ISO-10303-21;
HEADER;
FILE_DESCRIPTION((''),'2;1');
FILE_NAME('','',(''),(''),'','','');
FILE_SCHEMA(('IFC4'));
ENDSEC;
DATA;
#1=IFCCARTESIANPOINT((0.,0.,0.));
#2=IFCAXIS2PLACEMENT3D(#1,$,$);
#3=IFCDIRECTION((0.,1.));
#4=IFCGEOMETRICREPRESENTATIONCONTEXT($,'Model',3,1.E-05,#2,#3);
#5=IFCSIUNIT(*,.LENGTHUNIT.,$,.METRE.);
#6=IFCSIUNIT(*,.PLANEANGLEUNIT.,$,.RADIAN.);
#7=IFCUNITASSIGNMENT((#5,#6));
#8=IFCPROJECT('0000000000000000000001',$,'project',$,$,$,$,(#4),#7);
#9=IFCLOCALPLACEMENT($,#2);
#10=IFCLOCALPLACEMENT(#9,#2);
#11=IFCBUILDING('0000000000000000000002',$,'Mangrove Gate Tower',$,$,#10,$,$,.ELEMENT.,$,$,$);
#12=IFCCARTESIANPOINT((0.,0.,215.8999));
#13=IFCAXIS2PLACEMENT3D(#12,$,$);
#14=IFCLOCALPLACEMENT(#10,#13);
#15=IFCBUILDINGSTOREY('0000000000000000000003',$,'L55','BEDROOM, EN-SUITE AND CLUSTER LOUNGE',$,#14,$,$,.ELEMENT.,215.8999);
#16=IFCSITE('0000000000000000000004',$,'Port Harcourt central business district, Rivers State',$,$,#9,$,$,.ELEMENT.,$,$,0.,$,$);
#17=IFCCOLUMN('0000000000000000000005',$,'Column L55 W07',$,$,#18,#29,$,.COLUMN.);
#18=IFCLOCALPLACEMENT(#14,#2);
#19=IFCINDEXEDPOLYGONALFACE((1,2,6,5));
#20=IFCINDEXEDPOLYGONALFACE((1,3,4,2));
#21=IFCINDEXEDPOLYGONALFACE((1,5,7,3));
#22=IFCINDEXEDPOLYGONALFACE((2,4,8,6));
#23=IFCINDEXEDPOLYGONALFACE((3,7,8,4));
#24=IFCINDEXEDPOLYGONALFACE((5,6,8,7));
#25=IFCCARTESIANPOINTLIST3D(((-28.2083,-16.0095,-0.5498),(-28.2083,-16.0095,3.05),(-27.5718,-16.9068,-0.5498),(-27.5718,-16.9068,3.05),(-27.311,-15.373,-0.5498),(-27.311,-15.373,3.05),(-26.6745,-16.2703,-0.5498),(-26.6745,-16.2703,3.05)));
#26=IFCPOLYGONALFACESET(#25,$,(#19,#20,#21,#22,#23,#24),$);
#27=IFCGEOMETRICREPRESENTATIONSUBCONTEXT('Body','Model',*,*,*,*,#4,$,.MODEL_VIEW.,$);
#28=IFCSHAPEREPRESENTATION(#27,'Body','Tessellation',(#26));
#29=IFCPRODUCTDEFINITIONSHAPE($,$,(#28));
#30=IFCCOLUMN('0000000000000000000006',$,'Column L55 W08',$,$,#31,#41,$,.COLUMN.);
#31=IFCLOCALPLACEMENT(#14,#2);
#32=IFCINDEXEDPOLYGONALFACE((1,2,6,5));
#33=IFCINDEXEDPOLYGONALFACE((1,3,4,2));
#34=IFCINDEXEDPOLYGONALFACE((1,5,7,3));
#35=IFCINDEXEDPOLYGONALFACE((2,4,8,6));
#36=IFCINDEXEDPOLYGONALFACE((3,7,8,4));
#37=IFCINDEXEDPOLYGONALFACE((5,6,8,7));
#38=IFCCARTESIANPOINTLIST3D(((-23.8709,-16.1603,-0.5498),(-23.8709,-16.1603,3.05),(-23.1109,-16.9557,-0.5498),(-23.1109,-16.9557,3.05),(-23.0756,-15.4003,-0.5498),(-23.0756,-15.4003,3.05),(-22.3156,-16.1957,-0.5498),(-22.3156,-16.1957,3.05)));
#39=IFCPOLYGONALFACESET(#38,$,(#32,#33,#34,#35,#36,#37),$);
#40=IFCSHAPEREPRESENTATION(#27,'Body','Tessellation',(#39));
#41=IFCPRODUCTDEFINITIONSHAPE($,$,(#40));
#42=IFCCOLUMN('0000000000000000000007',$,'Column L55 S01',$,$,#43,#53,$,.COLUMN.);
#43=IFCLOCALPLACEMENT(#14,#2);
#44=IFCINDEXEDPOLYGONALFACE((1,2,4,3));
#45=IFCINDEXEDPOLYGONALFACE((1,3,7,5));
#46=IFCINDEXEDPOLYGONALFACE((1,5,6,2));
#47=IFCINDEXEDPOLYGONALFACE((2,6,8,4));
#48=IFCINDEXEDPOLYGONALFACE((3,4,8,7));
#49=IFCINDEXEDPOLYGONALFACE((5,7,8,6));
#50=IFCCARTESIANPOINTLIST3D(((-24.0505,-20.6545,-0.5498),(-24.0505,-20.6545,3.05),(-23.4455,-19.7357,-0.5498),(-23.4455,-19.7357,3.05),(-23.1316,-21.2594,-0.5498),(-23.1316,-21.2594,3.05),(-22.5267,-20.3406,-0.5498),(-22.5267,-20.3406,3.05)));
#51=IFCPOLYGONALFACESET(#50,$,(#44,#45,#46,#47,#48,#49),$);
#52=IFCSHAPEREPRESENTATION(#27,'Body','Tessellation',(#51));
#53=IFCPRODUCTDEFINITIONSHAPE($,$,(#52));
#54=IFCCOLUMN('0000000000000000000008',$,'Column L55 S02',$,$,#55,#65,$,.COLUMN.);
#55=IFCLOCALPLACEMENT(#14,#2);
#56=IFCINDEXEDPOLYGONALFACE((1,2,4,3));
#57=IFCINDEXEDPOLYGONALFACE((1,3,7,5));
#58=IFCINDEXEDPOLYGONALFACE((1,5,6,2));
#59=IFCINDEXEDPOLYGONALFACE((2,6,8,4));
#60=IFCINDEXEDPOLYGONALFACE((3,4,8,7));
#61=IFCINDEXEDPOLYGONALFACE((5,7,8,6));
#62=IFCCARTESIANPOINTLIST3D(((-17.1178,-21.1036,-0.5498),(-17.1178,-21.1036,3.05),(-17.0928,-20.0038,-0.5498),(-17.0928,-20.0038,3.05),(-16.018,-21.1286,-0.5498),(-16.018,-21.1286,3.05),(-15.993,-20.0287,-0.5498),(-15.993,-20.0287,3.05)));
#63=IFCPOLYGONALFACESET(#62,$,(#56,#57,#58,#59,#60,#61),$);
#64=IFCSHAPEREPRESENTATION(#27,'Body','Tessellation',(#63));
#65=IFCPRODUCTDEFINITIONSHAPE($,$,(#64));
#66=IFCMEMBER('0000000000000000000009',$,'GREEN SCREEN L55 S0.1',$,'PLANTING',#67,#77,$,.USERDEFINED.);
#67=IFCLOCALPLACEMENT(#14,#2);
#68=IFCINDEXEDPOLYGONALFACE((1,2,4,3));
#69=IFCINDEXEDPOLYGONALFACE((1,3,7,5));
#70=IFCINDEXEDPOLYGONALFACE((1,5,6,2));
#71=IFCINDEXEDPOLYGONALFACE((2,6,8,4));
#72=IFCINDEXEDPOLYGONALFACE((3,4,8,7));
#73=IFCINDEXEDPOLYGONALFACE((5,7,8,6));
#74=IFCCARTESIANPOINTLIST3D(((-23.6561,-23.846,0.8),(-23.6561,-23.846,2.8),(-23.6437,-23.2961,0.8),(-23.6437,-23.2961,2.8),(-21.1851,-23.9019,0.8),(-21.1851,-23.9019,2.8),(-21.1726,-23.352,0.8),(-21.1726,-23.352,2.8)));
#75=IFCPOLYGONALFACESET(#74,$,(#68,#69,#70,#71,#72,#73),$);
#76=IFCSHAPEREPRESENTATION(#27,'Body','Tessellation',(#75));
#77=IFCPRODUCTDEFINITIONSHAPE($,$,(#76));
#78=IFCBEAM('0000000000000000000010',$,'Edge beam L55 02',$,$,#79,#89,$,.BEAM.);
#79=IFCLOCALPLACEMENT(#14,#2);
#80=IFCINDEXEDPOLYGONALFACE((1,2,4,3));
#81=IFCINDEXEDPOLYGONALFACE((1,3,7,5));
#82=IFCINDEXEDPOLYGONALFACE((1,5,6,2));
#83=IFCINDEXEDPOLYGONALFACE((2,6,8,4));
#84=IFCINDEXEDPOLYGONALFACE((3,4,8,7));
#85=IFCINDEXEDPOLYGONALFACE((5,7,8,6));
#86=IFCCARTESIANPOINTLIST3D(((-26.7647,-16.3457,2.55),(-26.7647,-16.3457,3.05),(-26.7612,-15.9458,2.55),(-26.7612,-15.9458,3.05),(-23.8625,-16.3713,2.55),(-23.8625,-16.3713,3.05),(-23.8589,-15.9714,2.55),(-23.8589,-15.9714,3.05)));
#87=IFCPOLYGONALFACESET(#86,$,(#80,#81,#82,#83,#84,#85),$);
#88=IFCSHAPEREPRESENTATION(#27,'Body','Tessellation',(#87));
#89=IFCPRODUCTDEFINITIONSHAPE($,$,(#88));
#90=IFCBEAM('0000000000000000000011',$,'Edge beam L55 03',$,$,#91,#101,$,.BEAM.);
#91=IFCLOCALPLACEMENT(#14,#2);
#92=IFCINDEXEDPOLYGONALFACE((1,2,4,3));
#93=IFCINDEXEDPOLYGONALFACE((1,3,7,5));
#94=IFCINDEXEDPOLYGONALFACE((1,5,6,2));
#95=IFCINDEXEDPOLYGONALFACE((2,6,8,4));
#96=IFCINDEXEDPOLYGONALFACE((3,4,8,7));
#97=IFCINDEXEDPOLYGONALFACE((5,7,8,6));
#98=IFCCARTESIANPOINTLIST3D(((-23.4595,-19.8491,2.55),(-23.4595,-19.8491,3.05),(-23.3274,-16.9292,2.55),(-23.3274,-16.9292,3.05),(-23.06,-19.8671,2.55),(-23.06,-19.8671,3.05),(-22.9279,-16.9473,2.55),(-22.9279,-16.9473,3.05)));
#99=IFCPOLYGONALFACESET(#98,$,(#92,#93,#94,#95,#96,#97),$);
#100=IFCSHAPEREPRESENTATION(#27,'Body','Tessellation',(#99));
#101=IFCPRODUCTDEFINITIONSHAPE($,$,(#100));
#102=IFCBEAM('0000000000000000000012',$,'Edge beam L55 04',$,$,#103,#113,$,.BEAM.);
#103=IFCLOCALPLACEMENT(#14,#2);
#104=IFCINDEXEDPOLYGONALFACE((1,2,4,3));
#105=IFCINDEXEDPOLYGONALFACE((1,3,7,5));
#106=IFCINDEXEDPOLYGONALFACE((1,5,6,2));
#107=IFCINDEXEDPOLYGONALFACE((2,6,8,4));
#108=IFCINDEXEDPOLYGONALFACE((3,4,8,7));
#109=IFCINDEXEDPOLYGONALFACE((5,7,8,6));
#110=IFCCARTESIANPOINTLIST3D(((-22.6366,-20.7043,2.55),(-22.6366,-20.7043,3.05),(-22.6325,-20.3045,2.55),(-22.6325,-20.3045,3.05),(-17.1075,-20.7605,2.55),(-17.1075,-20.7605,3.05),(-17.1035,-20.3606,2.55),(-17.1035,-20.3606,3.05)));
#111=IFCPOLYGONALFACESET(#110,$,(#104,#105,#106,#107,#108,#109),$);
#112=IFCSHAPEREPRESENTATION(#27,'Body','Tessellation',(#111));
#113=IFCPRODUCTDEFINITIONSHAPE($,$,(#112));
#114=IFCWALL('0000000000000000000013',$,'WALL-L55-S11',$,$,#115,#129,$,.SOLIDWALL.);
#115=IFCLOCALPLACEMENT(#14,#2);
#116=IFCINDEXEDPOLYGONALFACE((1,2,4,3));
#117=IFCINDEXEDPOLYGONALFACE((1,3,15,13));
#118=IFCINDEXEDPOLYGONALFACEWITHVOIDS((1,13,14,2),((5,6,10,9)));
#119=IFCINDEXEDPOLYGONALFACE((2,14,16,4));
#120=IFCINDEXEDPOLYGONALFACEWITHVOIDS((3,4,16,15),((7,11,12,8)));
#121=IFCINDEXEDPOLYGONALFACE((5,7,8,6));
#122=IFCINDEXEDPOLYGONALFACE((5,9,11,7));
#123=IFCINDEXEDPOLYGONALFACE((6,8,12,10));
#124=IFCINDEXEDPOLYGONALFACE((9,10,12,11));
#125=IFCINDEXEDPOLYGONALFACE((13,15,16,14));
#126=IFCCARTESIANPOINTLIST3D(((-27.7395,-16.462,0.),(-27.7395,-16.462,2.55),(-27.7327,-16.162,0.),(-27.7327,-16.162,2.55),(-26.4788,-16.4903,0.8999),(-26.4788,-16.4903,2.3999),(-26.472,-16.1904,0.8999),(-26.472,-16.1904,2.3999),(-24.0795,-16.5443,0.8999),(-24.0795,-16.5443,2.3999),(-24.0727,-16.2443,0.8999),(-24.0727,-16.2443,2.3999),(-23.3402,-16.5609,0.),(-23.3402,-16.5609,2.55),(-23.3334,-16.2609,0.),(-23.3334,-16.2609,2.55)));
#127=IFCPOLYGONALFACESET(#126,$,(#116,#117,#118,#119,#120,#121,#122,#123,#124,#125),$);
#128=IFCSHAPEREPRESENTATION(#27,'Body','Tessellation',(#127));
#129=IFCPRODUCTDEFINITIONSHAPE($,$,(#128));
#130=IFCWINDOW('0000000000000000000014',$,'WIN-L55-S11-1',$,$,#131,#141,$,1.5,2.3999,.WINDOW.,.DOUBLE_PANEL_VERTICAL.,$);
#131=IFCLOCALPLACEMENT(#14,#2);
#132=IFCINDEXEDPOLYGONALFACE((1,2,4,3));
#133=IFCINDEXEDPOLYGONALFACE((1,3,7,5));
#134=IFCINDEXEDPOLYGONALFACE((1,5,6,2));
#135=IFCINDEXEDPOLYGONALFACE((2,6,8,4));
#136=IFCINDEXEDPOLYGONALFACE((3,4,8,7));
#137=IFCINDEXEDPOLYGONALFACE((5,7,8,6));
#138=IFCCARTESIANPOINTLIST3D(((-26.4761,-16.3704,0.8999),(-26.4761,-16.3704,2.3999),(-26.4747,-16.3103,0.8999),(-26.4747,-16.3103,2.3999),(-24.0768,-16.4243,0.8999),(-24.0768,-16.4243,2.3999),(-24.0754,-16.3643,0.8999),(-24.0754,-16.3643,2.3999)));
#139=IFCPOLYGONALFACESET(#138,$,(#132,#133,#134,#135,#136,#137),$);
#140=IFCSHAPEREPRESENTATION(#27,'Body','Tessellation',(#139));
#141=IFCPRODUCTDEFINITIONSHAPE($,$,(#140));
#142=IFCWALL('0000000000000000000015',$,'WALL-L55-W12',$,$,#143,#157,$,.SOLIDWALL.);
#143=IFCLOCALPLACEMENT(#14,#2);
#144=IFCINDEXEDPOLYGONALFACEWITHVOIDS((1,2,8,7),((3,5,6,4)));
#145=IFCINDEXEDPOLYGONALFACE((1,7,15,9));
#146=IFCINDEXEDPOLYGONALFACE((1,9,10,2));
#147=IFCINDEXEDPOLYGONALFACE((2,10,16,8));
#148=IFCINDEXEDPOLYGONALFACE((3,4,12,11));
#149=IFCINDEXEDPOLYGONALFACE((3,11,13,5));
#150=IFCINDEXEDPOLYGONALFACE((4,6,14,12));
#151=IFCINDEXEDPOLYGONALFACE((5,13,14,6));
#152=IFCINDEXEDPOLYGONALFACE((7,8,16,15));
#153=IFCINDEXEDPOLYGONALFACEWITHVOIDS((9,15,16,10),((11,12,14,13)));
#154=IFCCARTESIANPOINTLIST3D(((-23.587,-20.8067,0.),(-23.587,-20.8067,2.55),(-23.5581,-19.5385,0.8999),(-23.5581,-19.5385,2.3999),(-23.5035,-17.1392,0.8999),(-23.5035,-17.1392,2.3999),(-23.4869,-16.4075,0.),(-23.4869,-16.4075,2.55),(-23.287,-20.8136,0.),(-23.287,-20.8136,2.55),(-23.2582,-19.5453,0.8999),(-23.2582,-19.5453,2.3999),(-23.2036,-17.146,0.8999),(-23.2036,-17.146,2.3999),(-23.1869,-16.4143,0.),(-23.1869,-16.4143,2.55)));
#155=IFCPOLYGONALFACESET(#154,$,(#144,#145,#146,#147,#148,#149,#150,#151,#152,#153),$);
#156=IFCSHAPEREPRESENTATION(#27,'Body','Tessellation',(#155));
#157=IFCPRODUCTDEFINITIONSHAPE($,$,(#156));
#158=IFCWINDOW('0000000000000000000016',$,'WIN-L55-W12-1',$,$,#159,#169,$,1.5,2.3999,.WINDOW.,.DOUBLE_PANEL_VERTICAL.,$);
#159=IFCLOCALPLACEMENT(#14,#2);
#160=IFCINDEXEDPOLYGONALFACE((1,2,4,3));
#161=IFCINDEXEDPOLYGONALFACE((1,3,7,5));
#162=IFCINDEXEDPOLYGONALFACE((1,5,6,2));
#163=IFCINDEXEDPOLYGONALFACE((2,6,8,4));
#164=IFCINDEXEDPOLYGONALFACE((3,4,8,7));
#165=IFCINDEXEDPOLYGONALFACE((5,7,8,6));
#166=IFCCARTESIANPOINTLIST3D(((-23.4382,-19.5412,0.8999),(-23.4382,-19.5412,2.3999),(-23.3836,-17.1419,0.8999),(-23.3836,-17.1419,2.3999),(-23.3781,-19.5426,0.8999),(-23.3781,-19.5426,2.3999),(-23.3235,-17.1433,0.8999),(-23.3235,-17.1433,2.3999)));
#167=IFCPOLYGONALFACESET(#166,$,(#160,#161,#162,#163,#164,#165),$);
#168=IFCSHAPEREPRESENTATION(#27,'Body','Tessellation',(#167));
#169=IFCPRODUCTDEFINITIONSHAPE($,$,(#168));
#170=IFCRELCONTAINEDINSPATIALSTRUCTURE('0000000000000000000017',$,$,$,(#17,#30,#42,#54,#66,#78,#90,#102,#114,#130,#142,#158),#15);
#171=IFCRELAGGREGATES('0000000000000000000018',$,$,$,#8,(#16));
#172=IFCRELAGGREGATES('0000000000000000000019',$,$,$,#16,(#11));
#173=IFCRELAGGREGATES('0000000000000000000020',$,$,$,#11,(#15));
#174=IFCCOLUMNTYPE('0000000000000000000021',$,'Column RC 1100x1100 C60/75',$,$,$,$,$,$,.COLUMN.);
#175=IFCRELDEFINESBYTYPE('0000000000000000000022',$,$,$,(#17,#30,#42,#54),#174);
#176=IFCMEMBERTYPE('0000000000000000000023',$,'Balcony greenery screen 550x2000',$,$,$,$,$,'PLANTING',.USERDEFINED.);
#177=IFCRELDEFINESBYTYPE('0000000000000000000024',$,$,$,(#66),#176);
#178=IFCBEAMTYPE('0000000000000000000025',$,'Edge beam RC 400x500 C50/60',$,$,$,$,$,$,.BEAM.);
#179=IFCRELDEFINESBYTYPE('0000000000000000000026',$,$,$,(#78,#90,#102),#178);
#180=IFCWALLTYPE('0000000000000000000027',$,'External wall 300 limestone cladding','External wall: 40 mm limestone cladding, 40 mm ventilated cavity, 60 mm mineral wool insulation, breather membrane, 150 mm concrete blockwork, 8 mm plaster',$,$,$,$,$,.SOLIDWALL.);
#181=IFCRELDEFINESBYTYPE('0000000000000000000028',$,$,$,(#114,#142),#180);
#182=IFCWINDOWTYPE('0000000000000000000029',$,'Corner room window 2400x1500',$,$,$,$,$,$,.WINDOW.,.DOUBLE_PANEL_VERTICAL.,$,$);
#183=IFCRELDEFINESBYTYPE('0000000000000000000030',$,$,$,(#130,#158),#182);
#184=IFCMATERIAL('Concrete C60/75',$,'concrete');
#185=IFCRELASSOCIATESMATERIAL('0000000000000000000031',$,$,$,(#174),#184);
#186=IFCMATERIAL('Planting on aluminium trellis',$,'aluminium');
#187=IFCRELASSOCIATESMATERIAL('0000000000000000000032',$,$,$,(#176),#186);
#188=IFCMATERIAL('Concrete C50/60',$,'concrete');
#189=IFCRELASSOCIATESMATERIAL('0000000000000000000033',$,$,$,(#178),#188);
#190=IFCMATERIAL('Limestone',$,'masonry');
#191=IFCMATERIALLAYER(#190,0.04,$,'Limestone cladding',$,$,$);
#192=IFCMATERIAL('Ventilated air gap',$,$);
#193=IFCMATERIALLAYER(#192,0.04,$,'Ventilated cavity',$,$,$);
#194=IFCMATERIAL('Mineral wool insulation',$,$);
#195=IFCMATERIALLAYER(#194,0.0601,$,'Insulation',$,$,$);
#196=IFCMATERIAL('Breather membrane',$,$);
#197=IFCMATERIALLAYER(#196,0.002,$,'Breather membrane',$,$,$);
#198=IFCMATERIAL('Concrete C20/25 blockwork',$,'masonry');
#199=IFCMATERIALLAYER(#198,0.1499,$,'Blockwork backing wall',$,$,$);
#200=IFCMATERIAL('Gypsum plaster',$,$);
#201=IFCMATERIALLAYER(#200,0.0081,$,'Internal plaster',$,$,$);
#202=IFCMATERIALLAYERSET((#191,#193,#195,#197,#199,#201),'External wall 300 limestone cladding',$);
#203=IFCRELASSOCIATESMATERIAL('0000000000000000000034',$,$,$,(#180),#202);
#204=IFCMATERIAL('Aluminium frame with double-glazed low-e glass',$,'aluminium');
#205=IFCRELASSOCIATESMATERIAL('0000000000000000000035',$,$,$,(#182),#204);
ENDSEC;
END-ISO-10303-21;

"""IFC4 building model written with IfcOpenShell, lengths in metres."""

from ifc_helpers import new_model, si_unit, direction, frame, frame_2d, origin, origin_2d, place, context, subcontext, project, spatial, rectangle, extrude, material, layer, layer_set, material_profile, profile_set, type_object, element, fill, save


model = new_model("IFC4")

# Units and contexts
model_context = context("Model", 3, precision=1e-05, world=origin(), true_north=direction((0.0, 1.0)))
body_context = subcontext(model_context, "Body", "Model", "MODEL_VIEW")
ifc_project = project(units=[si_unit("LENGTHUNIT", "METRE"), si_unit("PLANEANGLEUNIT", "RADIAN")], contexts=[model_context])

# Site, building, storey
site_placement = place(None, origin())
site = spatial("IfcSite", under=ifc_project, at=site_placement, Name="Port Harcourt central business district, Rivers State", CompositionType="ELEMENT", RefElevation=0.0)
building_placement = place(site_placement, origin())
building = spatial("IfcBuilding", under=site, at=building_placement, Name="Mangrove Gate Tower", CompositionType="ELEMENT")
storey_placement = place(building_placement, frame((0.0, 0.0, 215.8999)))
storey = spatial("IfcBuildingStorey", under=building, at=storey_placement, Name="L55", Description="BEDROOM, EN-SUITE AND CLUSTER LOUNGE", CompositionType="ELEMENT", Elevation=215.8999)

# Columns
ifc_material_1 = material(Name="Concrete C60/75", Category="concrete")
ifc_material_profile_1 = material_profile(ifc_material_1, rectangle(XDim=1.1001, YDim=1.1001, at=origin_2d()))
ifc_profile_set_1 = profile_set([ifc_material_profile_1], Name="Concrete C60/75")
column_type = type_object("IfcColumnType", Name="Column RC 1100x1100 C60/75", PredefinedType="COLUMN", material=ifc_profile_set_1)
for number, where, z_axis, x_axis, name in (
    (1, (-27.4414, -16.1399, -0.5498), (0.0, 0.0, 1.0), (0.578578, -0.815627, 0.0), "Column L55 W07"),
    (2, (-23.0933, -16.178, -0.5498), (0.0, 0.0, 1.0), (0.690854, -0.722994, 0.0), "Column L55 W08"),
    (3, (-23.2886, -20.4976, -0.5498), (0.0, 0.0, 1.0), (0.835229, -0.549902, 0.0), "Column L55 S01"),
    (4, (-16.5554, -20.5662, -0.5498), (0.0, 0.0, 1.0), (0.999742, -0.022707, 0.0), "Column L55 S02"),
):
    element("IfcColumn", number, at=place(storey_placement, frame(where, z_axis=z_axis, x_axis=x_axis)), inside=storey, type_object=column_type, Name=name, PredefinedType="COLUMN", context=body_context, shape_type="SweptSolid", body=[
        extrude(rectangle(XDim=1.1001, YDim=1.1001, at=origin_2d()), origin(), (0.0, 0.0, 1.0), 3.5999),
    ])

# Member
ifc_material_2 = material(Name="Planting on aluminium trellis", Category="aluminium")
ifc_material_profile_2 = material_profile(ifc_material_2, rectangle(XDim=0.55, YDim=2.0, at=origin_2d()))
ifc_profile_set_2 = profile_set([ifc_material_profile_2], Name="Planting on aluminium trellis")
member_type = type_object("IfcMemberType", Name="Balcony greenery screen 550x2000", ElementType="PLANTING", PredefinedType="USERDEFINED", material=ifc_profile_set_2)
member_placement = place(storey_placement, frame((-23.6499, -23.571, 1.8), z_axis=(0.999744, -0.02262, 0.0), x_axis=(0.02262, 0.999744, 0.0)))
element("IfcMember", 5, at=member_placement, inside=storey, type_object=member_type, Name="GREEN SCREEN L55 S0.1", ObjectType="PLANTING", PredefinedType="USERDEFINED", context=body_context, shape_type="SweptSolid", body=[
    extrude(rectangle(XDim=0.55, YDim=2.0, at=origin_2d()), origin(), (0.0, 0.0, 1.0), 2.4717),
])

# Beams
ifc_material_3 = material(Name="Concrete C50/60", Category="concrete")
ifc_material_profile_3 = material_profile(ifc_material_3, rectangle(XDim=0.3999, YDim=0.5, at=origin_2d()))
ifc_profile_set_3 = profile_set([ifc_material_profile_3], Name="Concrete C50/60")
beam_type = type_object("IfcBeamType", Name="Edge beam RC 400x500 C50/60", PredefinedType="BEAM", material=ifc_profile_set_3)
beam_1_placement = place(storey_placement, frame((-26.7629, -16.1458, 2.8), z_axis=(0.999961, -0.008832, 0.0), x_axis=(0.008832, 0.999961, 0.0)))
element("IfcBeam", 6, at=beam_1_placement, inside=storey, type_object=beam_type, Name="Edge beam L55 02", PredefinedType="BEAM", context=body_context, shape_type="SweptSolid", body=[
    extrude(rectangle(XDim=0.3999, YDim=0.5, at=origin_2d()), origin(), (0.0, 0.0, 1.0), 2.9023),
])
beam_2_placement = place(storey_placement, frame((-23.1277, -16.9382, 2.8), z_axis=(-0.045188, -0.998979, 0.0), x_axis=(0.998979, -0.045188, 0.0)))
element("IfcBeam", 7, at=beam_2_placement, inside=storey, type_object=beam_type, Name="Edge beam L55 03", PredefinedType="BEAM", context=body_context, shape_type="SweptSolid", body=[
    extrude(rectangle(XDim=0.3999, YDim=0.5, at=origin_2d()), origin(), (0.0, 0.0, 1.0), 2.9229),
])
beam_3_placement = place(storey_placement, frame((-22.6345, -20.5044, 2.8), z_axis=(0.999948, -0.010155, 0.0), x_axis=(0.010155, 0.999948, 0.0)))
element("IfcBeam", 8, at=beam_3_placement, inside=storey, type_object=beam_type, Name="Edge beam L55 04", PredefinedType="BEAM", context=body_context, shape_type="SweptSolid", body=[
    extrude(rectangle(XDim=0.3999, YDim=0.5, at=origin_2d()), origin(), (0.0, 0.0, 1.0), 5.5293),
])

# Walls, openings, windows
ifc_material_4 = material(Name="Limestone", Category="masonry")
ifc_layer_1 = layer(ifc_material_4, 0.04, Name="Limestone cladding")
ifc_material_5 = material(Name="Ventilated air gap")
ifc_layer_2 = layer(ifc_material_5, 0.04, Name="Ventilated cavity")
ifc_material_6 = material(Name="Mineral wool insulation")
ifc_layer_3 = layer(ifc_material_6, 0.0601, Name="Insulation")
ifc_material_7 = material(Name="Breather membrane")
ifc_layer_4 = layer(ifc_material_7, 0.002, Name="Breather membrane")
ifc_material_8 = material(Name="Concrete C20/25 blockwork", Category="masonry")
ifc_layer_5 = layer(ifc_material_8, 0.1499, Name="Blockwork backing wall")
ifc_material_9 = material(Name="Gypsum plaster")
ifc_layer_6 = layer(ifc_material_9, 0.0081, Name="Internal plaster")
ifc_layer_set_1 = layer_set([ifc_layer_1, ifc_layer_2, ifc_layer_3, ifc_layer_4, ifc_layer_5, ifc_layer_6], Name="External wall 300 limestone cladding")
wall_type_1 = type_object("IfcWallType", Name="External wall 300 limestone cladding", Description="External wall: 40 mm limestone cladding, 40 mm ventilated cavity, 60 mm mineral wool insulation, breather membrane, 150 mm concrete blockwork, 8 mm plaster", PredefinedType="SOLIDWALL", material=ifc_layer_set_1)
wall_1_placement = place(storey_placement, frame((-27.7361, -16.312, 0.0), z_axis=(0.0, 0.0, 1.0), x_axis=(0.999748, -0.022471, 0.0)))
wall_1 = element("IfcWall", 9, at=wall_1_placement, inside=storey, type_object=wall_type_1, Name="WALL-L55-S11", PredefinedType="SOLIDWALL", context=body_context, shape_type="SweptSolid", body=[
    extrude(rectangle(XDim=4.4004, YDim=0.3, at=frame_2d((2.2002, 0.0))), origin(), (0.0, 0.0, 1.0), 2.55),
])
opening_1_placement = place(wall_1_placement, frame((1.261, 0.0, 0.8999)))
opening_1 = element("IfcOpeningElement", 10, at=opening_1_placement, cuts=wall_1, PredefinedType="OPENING", context=body_context, shape_type="SweptSolid", body=[
    extrude(rectangle(XDim=2.3999, YDim=1.5, at=frame_2d((1.2, 0.75))), frame((0.0, 0.1599, 0.0), z_axis=(0.0, -1.0, 0.0), x_axis=(1.0, 0.0, 0.0)), (0.0, 0.0, 1.0), 0.3201),
])
ifc_material_10 = material(Name="Aluminium frame with double-glazed low-e glass", Category="aluminium")
window_type = type_object("IfcWindowType", Name="Corner room window 2400x1500", PartitioningType="DOUBLE_PANEL_VERTICAL", PredefinedType="WINDOW", material=ifc_material_10)
window_1_placement = place(opening_1_placement, origin())
window_1 = element("IfcWindow", 11, at=window_1_placement, inside=storey, type_object=window_type, Name="WIN-L55-S11-1", OverallHeight=1.5, OverallWidth=2.3999, PartitioningType="DOUBLE_PANEL_VERTICAL", PredefinedType="WINDOW", context=body_context, shape_type="SweptSolid", body=[
    extrude(rectangle(XDim=2.3999, YDim=1.5, at=frame_2d((1.2, 0.75))), frame((0.0, 0.03, 0.0), z_axis=(0.0, -1.0, 0.0), x_axis=(1.0, 0.0, 0.0)), (0.0, 0.0, 1.0), 0.0601),
])
fill(opening_1, window_1)
wall_2_placement = place(storey_placement, frame((-23.3369, -16.4109, 0.0), z_axis=(0.0, 0.0, 1.0), x_axis=(-0.022748, -0.999741, 0.0)))
wall_2 = element("IfcWall", 12, at=wall_2_placement, inside=storey, type_object=wall_type_1, Name="WALL-L55-W12", PredefinedType="SOLIDWALL", context=body_context, shape_type="SweptSolid", body=[
    extrude(rectangle(XDim=4.4004, YDim=0.3, at=frame_2d((2.2002, 0.0))), origin(), (0.0, 0.0, 1.0), 2.55),
])
opening_2_placement = place(wall_2_placement, frame((0.7319, 0.0, 0.8999)))
opening_2 = element("IfcOpeningElement", 13, at=opening_2_placement, cuts=wall_2, PredefinedType="OPENING", context=body_context, shape_type="SweptSolid", body=[
    extrude(rectangle(XDim=2.3999, YDim=1.5, at=frame_2d((1.2, 0.75))), frame((0.0, 0.1599, 0.0), z_axis=(0.0, -1.0, 0.0), x_axis=(1.0, 0.0, 0.0)), (0.0, 0.0, 1.0), 0.3201),
])
window_2_placement = place(opening_2_placement, origin())
window_2 = element("IfcWindow", 14, at=window_2_placement, inside=storey, type_object=window_type, Name="WIN-L55-W12-1", OverallHeight=1.5, OverallWidth=2.3999, PartitioningType="DOUBLE_PANEL_VERTICAL", PredefinedType="WINDOW", context=body_context, shape_type="SweptSolid", body=[
    extrude(rectangle(XDim=2.3999, YDim=1.5, at=frame_2d((1.2, 0.75))), frame((0.0, 0.03, 0.0), z_axis=(0.0, -1.0, 0.0), x_axis=(1.0, 0.0, 0.0)), (0.0, 0.0, 1.0), 0.0601),
])
fill(opening_2, window_2)

save(model, "model.ifc")
